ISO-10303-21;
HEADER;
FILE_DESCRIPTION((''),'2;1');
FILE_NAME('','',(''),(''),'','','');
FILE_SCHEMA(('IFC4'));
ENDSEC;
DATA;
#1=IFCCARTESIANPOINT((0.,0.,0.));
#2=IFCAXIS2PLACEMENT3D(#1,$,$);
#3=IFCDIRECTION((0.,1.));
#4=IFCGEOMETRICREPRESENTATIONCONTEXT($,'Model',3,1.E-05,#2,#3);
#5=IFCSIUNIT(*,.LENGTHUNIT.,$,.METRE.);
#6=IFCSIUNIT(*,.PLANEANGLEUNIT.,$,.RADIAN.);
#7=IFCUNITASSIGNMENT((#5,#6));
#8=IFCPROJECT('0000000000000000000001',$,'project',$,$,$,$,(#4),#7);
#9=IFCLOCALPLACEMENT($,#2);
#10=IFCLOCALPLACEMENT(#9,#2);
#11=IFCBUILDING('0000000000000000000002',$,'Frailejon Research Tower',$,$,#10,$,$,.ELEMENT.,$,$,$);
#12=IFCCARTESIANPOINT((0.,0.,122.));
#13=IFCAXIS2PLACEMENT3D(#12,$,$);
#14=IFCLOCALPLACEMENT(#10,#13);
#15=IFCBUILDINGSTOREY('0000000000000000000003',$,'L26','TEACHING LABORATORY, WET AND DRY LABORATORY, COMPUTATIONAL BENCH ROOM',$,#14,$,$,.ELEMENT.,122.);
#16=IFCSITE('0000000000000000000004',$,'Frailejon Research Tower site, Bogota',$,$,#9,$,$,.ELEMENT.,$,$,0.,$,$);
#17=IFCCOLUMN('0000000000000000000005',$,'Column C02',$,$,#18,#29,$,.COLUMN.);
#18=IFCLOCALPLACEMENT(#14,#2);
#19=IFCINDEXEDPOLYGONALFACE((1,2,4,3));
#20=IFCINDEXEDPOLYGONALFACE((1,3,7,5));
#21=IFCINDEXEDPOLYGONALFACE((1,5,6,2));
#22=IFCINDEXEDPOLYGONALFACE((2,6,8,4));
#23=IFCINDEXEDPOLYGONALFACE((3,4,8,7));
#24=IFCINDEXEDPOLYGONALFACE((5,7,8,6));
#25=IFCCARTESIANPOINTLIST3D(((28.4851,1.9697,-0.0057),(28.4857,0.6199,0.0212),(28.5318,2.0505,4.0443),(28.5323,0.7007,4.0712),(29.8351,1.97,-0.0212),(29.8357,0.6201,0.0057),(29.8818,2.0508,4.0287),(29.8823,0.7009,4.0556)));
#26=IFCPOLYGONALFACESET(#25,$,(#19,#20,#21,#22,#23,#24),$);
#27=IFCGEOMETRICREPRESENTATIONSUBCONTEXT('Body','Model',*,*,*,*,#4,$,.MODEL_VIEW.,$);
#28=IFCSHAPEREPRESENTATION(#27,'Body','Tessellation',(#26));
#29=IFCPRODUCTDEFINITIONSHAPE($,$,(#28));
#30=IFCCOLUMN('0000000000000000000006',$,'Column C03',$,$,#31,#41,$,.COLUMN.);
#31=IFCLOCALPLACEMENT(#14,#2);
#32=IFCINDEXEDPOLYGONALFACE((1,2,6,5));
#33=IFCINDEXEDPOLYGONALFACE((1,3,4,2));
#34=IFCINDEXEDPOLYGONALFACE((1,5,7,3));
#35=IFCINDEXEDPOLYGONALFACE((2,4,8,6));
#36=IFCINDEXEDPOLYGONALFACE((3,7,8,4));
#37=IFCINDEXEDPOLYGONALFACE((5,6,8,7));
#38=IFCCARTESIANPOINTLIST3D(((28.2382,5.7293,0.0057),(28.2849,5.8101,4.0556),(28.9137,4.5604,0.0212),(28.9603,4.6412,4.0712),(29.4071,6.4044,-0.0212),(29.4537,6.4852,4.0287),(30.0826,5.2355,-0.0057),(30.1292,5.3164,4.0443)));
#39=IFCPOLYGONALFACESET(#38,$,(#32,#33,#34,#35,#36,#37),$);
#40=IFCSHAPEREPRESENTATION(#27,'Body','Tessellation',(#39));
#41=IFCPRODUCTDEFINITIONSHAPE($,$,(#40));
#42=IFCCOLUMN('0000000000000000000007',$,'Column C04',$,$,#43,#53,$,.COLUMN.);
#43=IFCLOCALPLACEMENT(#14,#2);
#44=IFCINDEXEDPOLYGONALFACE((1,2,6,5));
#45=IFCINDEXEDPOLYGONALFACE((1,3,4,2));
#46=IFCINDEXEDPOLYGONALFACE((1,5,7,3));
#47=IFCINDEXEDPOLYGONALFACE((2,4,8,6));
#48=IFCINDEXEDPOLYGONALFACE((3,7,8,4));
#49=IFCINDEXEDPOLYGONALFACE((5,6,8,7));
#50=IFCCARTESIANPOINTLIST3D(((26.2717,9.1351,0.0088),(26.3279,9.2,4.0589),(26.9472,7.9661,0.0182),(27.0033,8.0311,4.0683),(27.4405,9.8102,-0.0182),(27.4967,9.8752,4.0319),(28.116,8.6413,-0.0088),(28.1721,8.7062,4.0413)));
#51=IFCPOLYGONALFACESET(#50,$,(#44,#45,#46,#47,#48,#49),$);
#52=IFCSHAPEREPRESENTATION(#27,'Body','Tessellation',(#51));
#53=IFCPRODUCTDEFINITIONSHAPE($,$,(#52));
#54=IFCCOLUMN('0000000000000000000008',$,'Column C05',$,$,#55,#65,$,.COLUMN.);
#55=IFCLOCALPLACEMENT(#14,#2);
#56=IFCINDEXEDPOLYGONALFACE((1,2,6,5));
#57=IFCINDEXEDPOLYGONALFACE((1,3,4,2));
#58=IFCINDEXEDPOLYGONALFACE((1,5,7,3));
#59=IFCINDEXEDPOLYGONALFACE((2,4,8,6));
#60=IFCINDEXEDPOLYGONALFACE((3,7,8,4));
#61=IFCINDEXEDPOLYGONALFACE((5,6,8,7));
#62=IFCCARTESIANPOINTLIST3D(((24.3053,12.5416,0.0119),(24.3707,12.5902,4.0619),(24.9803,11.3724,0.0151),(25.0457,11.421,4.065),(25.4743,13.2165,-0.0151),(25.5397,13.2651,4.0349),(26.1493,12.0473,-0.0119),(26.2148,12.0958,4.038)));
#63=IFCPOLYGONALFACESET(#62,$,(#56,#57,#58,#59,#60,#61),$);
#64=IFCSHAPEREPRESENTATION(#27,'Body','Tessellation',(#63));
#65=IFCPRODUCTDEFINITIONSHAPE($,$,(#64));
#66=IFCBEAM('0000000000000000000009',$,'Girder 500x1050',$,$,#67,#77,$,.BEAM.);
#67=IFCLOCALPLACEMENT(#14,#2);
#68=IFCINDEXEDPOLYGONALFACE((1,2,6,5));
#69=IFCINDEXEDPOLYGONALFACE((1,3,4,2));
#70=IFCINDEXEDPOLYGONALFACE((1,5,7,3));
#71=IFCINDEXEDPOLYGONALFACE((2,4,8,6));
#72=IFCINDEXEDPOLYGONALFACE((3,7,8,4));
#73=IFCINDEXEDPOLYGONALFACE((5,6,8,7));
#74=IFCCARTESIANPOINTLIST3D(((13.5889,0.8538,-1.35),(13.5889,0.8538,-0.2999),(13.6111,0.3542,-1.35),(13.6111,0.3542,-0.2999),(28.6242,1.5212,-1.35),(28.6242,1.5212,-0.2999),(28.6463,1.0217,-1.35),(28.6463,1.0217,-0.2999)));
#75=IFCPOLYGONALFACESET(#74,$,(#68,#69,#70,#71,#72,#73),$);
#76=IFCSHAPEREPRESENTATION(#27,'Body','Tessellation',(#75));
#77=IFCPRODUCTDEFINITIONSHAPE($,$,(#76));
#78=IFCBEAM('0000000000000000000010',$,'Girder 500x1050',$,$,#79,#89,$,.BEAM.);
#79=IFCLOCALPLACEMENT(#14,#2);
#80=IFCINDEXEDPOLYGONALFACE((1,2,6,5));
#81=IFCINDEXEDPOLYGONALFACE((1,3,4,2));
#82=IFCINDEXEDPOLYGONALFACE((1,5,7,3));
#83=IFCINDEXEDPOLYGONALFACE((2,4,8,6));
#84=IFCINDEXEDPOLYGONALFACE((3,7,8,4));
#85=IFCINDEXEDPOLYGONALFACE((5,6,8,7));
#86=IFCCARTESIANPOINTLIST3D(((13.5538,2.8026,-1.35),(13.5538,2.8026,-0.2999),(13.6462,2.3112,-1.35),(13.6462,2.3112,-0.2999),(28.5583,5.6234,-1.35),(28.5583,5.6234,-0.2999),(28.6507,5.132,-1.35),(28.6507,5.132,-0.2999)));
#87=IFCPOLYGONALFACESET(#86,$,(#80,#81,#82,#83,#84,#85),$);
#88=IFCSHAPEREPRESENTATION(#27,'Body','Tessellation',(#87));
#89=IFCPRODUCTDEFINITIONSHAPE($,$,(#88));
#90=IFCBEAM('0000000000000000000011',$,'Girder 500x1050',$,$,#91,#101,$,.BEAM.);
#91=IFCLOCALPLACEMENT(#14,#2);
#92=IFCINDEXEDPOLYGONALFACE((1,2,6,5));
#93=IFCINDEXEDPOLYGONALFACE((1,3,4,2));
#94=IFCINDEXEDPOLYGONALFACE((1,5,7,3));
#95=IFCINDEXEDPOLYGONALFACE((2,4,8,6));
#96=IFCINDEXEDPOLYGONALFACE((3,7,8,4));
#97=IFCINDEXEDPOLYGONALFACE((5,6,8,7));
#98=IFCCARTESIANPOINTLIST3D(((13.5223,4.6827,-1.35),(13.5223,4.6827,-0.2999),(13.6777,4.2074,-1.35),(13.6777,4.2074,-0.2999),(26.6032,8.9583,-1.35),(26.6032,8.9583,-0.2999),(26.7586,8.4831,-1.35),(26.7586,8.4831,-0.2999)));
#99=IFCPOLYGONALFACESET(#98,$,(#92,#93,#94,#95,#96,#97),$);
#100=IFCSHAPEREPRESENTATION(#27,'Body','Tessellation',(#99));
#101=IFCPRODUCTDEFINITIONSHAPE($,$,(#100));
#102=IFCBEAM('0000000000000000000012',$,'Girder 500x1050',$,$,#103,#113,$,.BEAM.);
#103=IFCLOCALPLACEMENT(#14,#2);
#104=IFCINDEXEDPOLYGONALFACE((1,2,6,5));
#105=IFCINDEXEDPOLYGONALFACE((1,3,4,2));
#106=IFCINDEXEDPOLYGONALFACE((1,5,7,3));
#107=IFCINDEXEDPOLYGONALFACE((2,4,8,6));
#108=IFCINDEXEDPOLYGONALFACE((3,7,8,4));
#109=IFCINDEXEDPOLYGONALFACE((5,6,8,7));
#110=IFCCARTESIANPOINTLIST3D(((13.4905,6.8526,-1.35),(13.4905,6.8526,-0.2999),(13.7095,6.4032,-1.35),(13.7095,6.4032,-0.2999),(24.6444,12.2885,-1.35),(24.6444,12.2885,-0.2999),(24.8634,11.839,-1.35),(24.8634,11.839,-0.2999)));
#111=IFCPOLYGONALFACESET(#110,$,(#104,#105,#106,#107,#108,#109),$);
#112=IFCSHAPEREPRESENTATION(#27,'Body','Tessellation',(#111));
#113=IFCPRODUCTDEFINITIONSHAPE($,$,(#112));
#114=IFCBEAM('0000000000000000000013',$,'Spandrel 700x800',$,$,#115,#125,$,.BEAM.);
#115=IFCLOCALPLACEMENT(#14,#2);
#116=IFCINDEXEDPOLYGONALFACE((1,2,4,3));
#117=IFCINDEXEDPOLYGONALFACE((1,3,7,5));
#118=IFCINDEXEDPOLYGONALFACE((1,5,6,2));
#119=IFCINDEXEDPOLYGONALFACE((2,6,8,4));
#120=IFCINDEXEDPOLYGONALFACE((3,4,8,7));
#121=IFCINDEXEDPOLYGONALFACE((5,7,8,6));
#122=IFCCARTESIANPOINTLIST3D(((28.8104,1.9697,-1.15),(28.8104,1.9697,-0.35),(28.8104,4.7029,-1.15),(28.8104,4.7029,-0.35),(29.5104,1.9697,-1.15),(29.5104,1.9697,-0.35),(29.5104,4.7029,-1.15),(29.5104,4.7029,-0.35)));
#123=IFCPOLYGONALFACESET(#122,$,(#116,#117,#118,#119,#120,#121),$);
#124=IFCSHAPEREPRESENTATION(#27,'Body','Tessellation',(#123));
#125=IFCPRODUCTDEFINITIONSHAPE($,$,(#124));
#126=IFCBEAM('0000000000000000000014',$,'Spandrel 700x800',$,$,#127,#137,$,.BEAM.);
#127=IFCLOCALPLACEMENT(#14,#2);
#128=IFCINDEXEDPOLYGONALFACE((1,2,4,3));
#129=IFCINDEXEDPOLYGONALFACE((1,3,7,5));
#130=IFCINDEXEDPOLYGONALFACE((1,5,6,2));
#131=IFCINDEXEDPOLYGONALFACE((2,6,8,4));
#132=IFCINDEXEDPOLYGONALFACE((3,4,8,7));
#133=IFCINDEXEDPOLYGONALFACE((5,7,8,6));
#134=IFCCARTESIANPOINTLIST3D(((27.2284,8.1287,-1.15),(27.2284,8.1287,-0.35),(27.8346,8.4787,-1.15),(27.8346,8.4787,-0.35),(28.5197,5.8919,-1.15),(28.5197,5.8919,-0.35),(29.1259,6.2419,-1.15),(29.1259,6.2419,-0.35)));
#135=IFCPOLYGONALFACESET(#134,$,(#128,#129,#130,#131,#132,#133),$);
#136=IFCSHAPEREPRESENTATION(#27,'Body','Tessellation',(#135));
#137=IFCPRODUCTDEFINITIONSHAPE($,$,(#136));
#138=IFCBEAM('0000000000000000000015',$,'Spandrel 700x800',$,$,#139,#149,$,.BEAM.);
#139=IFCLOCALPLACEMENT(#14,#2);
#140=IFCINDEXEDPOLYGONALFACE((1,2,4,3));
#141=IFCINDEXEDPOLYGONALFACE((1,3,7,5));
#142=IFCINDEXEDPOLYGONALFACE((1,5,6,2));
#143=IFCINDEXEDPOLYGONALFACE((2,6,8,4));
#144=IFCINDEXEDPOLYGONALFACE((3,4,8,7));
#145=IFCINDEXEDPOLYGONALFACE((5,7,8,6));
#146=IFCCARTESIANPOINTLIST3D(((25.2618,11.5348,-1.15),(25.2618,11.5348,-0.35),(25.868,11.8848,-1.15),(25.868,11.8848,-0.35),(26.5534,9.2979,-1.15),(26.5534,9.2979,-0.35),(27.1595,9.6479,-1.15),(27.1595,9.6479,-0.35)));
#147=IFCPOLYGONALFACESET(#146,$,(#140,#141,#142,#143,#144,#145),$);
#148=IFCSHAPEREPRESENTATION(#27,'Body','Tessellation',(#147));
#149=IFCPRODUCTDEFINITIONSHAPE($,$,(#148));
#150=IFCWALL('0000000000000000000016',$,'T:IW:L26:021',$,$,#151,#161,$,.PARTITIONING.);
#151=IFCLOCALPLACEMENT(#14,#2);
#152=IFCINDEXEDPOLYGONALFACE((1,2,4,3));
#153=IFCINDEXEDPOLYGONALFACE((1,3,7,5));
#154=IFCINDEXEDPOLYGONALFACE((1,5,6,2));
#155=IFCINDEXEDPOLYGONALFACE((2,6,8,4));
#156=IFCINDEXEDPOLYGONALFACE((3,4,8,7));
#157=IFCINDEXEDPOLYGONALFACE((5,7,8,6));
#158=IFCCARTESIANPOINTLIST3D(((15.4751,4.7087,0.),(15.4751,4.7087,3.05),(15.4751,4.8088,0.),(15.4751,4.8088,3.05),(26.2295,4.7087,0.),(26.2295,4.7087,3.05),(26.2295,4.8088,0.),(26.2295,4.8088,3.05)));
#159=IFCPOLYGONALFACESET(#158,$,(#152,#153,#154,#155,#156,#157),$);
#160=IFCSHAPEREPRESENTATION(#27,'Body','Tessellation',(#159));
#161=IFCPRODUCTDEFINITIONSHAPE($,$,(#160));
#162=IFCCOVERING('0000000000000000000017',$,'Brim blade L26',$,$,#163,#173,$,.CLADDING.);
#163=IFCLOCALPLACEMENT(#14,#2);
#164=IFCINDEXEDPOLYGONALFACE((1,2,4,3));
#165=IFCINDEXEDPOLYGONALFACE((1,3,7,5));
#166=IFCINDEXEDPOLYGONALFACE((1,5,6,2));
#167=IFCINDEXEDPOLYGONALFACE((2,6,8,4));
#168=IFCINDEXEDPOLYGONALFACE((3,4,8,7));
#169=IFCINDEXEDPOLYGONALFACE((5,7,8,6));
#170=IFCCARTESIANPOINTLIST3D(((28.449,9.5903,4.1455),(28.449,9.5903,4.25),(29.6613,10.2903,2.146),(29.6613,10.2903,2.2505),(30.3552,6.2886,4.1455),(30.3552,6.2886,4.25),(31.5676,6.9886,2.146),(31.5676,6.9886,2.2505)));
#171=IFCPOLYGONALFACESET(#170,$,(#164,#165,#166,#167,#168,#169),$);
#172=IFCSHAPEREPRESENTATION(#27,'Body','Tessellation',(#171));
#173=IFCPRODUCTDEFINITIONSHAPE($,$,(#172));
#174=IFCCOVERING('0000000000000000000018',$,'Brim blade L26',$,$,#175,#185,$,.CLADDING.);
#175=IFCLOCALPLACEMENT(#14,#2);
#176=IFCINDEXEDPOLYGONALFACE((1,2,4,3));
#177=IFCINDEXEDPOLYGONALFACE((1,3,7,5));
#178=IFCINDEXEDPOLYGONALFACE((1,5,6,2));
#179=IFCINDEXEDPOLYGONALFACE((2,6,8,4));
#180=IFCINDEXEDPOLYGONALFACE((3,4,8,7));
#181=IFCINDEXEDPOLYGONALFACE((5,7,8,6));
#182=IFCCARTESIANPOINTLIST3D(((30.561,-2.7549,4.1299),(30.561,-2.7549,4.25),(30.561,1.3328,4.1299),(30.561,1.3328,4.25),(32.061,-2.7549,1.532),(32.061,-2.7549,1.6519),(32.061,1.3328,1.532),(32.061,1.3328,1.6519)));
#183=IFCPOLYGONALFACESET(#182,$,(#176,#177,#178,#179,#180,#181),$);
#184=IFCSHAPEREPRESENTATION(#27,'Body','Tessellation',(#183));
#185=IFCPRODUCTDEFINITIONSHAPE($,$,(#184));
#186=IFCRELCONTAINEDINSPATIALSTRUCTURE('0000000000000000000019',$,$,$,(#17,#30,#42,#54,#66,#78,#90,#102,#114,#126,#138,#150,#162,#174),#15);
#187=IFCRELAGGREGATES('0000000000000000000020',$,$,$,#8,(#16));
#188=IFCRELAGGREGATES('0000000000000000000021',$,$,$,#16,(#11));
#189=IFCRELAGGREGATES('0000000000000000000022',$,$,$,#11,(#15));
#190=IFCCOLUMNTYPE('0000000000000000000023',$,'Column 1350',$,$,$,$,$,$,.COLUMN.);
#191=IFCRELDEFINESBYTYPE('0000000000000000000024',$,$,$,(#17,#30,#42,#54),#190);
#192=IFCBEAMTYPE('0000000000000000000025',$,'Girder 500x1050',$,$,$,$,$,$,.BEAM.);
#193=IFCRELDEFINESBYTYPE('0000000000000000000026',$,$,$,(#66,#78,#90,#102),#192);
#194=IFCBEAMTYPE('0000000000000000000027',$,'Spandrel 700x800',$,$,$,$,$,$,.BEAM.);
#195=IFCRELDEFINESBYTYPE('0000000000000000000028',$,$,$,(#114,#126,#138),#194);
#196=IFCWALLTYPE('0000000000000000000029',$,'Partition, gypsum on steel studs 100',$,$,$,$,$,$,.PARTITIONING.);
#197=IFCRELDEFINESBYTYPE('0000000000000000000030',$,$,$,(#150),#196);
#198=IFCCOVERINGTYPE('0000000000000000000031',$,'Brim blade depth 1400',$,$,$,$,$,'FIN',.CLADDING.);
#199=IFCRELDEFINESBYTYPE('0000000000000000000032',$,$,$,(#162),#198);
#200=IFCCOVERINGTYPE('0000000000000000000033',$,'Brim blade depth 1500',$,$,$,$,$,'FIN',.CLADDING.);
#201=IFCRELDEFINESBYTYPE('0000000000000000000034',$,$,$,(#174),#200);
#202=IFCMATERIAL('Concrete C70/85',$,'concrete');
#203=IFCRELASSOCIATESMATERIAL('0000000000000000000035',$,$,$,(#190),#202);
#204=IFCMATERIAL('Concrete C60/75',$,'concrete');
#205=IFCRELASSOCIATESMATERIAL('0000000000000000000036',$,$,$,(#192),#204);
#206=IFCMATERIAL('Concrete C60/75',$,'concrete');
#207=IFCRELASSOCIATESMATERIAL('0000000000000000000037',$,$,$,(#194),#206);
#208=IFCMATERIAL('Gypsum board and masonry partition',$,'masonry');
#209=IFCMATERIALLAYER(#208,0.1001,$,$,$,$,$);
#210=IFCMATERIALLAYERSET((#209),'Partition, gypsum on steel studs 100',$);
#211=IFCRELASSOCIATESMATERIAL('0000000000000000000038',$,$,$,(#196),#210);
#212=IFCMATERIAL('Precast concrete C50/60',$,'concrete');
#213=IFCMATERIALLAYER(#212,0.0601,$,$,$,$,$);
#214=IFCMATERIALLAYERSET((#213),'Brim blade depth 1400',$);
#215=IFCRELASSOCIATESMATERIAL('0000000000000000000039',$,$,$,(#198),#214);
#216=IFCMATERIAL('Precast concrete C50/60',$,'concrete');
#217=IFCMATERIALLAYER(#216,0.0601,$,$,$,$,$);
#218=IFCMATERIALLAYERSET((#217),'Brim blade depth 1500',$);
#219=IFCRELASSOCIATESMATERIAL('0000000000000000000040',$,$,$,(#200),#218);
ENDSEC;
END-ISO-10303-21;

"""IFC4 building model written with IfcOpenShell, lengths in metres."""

from ifc_helpers import new_model, si_unit, direction, frame, frame_2d, origin, origin_2d, place, context, subcontext, project, spatial, polyline, rectangle, outline, extrude, material, layer, layer_set, material_profile, profile_set, type_object, element, save


model = new_model("IFC4")

# Units and contexts
model_context = context("Model", 3, precision=1e-05, world=origin(), true_north=direction((0.0, 1.0)))
body_context = subcontext(model_context, "Body", "Model", "MODEL_VIEW")
ifc_project = project(units=[si_unit("LENGTHUNIT", "METRE"), si_unit("PLANEANGLEUNIT", "RADIAN")], contexts=[model_context])

# Site, building, storey
site_placement = place(None, origin())
site = spatial("IfcSite", under=ifc_project, at=site_placement, Name="Frailejon Research Tower site, Bogota", CompositionType="ELEMENT", RefElevation=0.0)
building_placement = place(site_placement, origin())
building = spatial("IfcBuilding", under=site, at=building_placement, Name="Frailejon Research Tower", CompositionType="ELEMENT")
storey_placement = place(building_placement, frame((0.0, 0.0, 122.0)))
storey = spatial("IfcBuildingStorey", under=building, at=storey_placement, Name="L26", Description="TEACHING LABORATORY, WET AND DRY LABORATORY, COMPUTATIONAL BENCH ROOM", CompositionType="ELEMENT", Elevation=122.0)

# Columns
ifc_material_1 = material(Name="Concrete C70/85", Category="concrete")
ifc_material_profile_1 = material_profile(ifc_material_1, rectangle(XDim=1.3501, YDim=1.3501, at=origin_2d()), Name="Column 1350")
ifc_profile_set_1 = profile_set([ifc_material_profile_1], Name="Concrete C70/85")
column_type = type_object("IfcColumnType", Name="Column 1350", PredefinedType="COLUMN", material=ifc_profile_set_1)
for number, where, z_axis, x_axis, name in (
    (1, (29.1604, 1.2949, 0.0), (0.011511, 0.019948, 0.999735), (-0.000406, 0.999801, -0.019944), "Column C02"),
    (2, (29.1604, 5.4824, 0.0), (0.011511, 0.019948, 0.999735), (-0.500318, 0.865765, -0.011514), "Column C03"),
    (3, (27.1938, 8.8882, 0.0), (0.013861, 0.016031, 0.999775), (-0.500303, 0.865822, -0.006947), "Column C04"),
):
    element("IfcColumn", number, at=place(storey_placement, frame(where, z_axis=z_axis, x_axis=x_axis)), inside=storey, type_object=column_type, Name=name, PredefinedType="COLUMN", context=body_context, shape_type="SweptSolid", body=[
        extrude(rectangle(XDim=1.3501, YDim=1.3501, at=origin_2d()), origin(), (0.0, 0.0, 1.0), 4.051),
    ])
column_placement = place(storey_placement, frame((25.2273, 12.2944, 0.0), z_axis=(0.016152, 0.011993, 0.999798), x_axis=(-0.499995, 0.866025, -0.002311)))
element("IfcColumn", 4, at=column_placement, inside=storey, type_object=column_type, Name="Column C05", PredefinedType="COLUMN", context=body_context, shape_type="SweptSolid", body=[
    extrude(rectangle(XDim=1.3501, YDim=1.3501, at=origin_2d()), origin(), (0.0, 0.0, 1.0), 4.0508),
])

# Beams
ifc_material_2 = material(Name="Concrete C60/75", Category="concrete")
ifc_material_profile_2 = material_profile(ifc_material_2, rectangle(XDim=0.5, YDim=1.05, at=origin_2d()), Name="Girder 500x1050")
ifc_profile_set_2 = profile_set([ifc_material_profile_2], Name="Concrete C60/75")
beam_type_1 = type_object("IfcBeamType", Name="Girder 500x1050", PredefinedType="BEAM", material=ifc_profile_set_2)
beam_1_placement = place(storey_placement, frame((28.6353, 1.2715, -0.825), z_axis=(-0.999016, -0.044351, 0.0), x_axis=(0.044351, -0.999016, 0.0)))
element("IfcBeam", 5, at=beam_1_placement, inside=storey, type_object=beam_type_1, Name="Girder 500x1050", PredefinedType="BEAM", context=body_context, shape_type="SweptSolid", body=[
    extrude(rectangle(XDim=0.5, YDim=1.05, at=origin_2d()), origin(), (0.0, 0.0, 1.0), 15.05),
])
beam_2_placement = place(storey_placement, frame((28.6045, 5.3777, -0.825), z_axis=(-0.982783, -0.184762, 0.0), x_axis=(0.184762, -0.982783, 0.0)))
element("IfcBeam", 6, at=beam_2_placement, inside=storey, type_object=beam_type_1, Name="Girder 500x1050", PredefinedType="BEAM", context=body_context, shape_type="SweptSolid", body=[
    extrude(rectangle(XDim=0.5, YDim=1.05, at=origin_2d()), origin(), (0.0, 0.0, 1.0), 15.2673),
])
beam_3_placement = place(storey_placement, frame((26.6809, 8.7207, -0.825), z_axis=(-0.950512, -0.310687, 0.0), x_axis=(0.310687, -0.950512, 0.0)))
element("IfcBeam", 7, at=beam_3_placement, inside=storey, type_object=beam_type_1, Name="Girder 500x1050", PredefinedType="BEAM", context=body_context, shape_type="SweptSolid", body=[
    extrude(rectangle(XDim=0.5, YDim=1.05, at=origin_2d()), origin(), (0.0, 0.0, 1.0), 13.762),
])
beam_4_placement = place(storey_placement, frame((24.7539, 12.0637, -0.825), z_axis=(-0.89893, -0.438092, 0.0), x_axis=(0.438092, -0.89893, 0.0)))
element("IfcBeam", 8, at=beam_4_placement, inside=storey, type_object=beam_type_1, Name="Girder 500x1050", PredefinedType="BEAM", context=body_context, shape_type="SweptSolid", body=[
    extrude(rectangle(XDim=0.5, YDim=1.05, at=origin_2d()), origin(), (0.0, 0.0, 1.0), 12.408),
])
ifc_material_3 = material(Name="Concrete C60/75", Category="concrete")
ifc_material_profile_3 = material_profile(ifc_material_3, rectangle(XDim=0.7, YDim=0.8, at=origin_2d()), Name="Spandrel 700x800")
ifc_profile_set_3 = profile_set([ifc_material_profile_3], Name="Concrete C60/75")
beam_type_2 = type_object("IfcBeamType", Name="Spandrel 700x800", PredefinedType="BEAM", material=ifc_profile_set_3)
beam_5_placement = place(storey_placement, frame((29.1604, 1.9697, -0.75), z_axis=(0.0, 1.0, 0.0), x_axis=(-1.0, 0.0, 0.0)))
element("IfcBeam", 9, at=beam_5_placement, inside=storey, type_object=beam_type_2, Name="Spandrel 700x800", PredefinedType="BEAM", context=body_context, shape_type="SweptSolid", body=[
    extrude(rectangle(XDim=0.7, YDim=0.8, at=origin_2d()), origin(), (0.0, 0.0, 1.0), 2.7332),
])
beam_6_placement = place(storey_placement, frame((28.8228, 6.0669, -0.75), z_axis=(-0.499952, 0.866053, 0.0), x_axis=(-0.866053, -0.499952, 0.0)))
element("IfcBeam", 10, at=beam_6_placement, inside=storey, type_object=beam_type_2, Name="Spandrel 700x800", PredefinedType="BEAM", context=body_context, shape_type="SweptSolid", body=[
    extrude(rectangle(XDim=0.7, YDim=0.8, at=origin_2d()), origin(), (0.0, 0.0, 1.0), 2.5828),
])
beam_7_placement = place(storey_placement, frame((26.8564, 9.4729, -0.75), z_axis=(-0.500022, 0.866012, 0.0), x_axis=(-0.866012, -0.500022, 0.0)))
element("IfcBeam", 11, at=beam_7_placement, inside=storey, type_object=beam_type_2, Name="Spandrel 700x800", PredefinedType="BEAM", context=body_context, shape_type="SweptSolid", body=[
    extrude(rectangle(XDim=0.7, YDim=0.8, at=origin_2d()), origin(), (0.0, 0.0, 1.0), 2.583),
])

# Wall
ifc_material_4 = material(Name="Gypsum board and masonry partition", Category="masonry")
ifc_layer_1 = layer(ifc_material_4, 0.1001)
ifc_layer_set_1 = layer_set([ifc_layer_1], Name="Partition, gypsum on steel studs 100")
wall_type_1 = type_object("IfcWallType", Name="Partition, gypsum on steel studs 100", PredefinedType="PARTITIONING", material=ifc_layer_set_1)
wall_1_placement = place(storey_placement, frame((15.4751, 4.7588, 0.0), z_axis=(0.0, 0.0, 1.0), x_axis=(1.0, 0.0, 0.0)))
element("IfcWall", 12, at=wall_1_placement, inside=storey, type_object=wall_type_1, Name="T:IW:L26:021", PredefinedType="PARTITIONING", context=body_context, shape_type="SweptSolid", body=[
    extrude(rectangle(XDim=10.7544, YDim=0.1001, at=frame_2d((5.3772, 0.0))), origin(), (0.0, 0.0, 1.0), 3.05),
])

# Coverings
ifc_material_5 = material(Name="Precast concrete C50/60", Category="concrete")
ifc_layer_2 = layer(ifc_material_5, 0.0601)
ifc_layer_set_2 = layer_set([ifc_layer_2], Name="Brim blade depth 1400")
covering_type_1 = type_object("IfcCoveringType", Name="Brim blade depth 1400", ElementType="FIN", PredefinedType="CLADDING", material=ifc_layer_set_2)
covering_1_placement = place(storey_placement, frame((28.449, 9.5903, 4.25), z_axis=(0.500001, -0.866025, 0.0), x_axis=(0.866025, 0.500001, 0.0)))
element("IfcCovering", 13, at=covering_1_placement, inside=storey, type_object=covering_type_1, Name="Brim blade L26", PredefinedType="CLADDING", context=body_context, shape_type="SweptSolid", body=[
    extrude(outline(polyline([(0.0, -0.1045), (1.3999, -2.104), (1.3999, -1.9995), (0.0, 0.0), (0.0, -0.1045)])), origin(), (0.0, 0.0, 1.0), 3.8125),
])
ifc_material_6 = material(Name="Precast concrete C50/60", Category="concrete")
ifc_layer_3 = layer(ifc_material_6, 0.0601)
ifc_layer_set_3 = layer_set([ifc_layer_3], Name="Brim blade depth 1500")
covering_type_2 = type_object("IfcCoveringType", Name="Brim blade depth 1500", ElementType="FIN", PredefinedType="CLADDING", material=ifc_layer_set_3)
covering_2_placement = place(storey_placement, frame((30.561, 1.3328, 4.25), z_axis=(0.0, -1.0, 0.0), x_axis=(1.0, 0.0, 0.0)))
element("IfcCovering", 14, at=covering_2_placement, inside=storey, type_object=covering_type_2, Name="Brim blade L26", PredefinedType="CLADDING", context=body_context, shape_type="SweptSolid", body=[
    extrude(outline(polyline([(0.0, -0.1201), (1.5, -2.718), (1.5, -2.5981), (0.0, 0.0), (0.0, -0.1201)])), origin(), (0.0, 0.0, 1.0), 4.0876),
])

save(model, "model.ifc")
